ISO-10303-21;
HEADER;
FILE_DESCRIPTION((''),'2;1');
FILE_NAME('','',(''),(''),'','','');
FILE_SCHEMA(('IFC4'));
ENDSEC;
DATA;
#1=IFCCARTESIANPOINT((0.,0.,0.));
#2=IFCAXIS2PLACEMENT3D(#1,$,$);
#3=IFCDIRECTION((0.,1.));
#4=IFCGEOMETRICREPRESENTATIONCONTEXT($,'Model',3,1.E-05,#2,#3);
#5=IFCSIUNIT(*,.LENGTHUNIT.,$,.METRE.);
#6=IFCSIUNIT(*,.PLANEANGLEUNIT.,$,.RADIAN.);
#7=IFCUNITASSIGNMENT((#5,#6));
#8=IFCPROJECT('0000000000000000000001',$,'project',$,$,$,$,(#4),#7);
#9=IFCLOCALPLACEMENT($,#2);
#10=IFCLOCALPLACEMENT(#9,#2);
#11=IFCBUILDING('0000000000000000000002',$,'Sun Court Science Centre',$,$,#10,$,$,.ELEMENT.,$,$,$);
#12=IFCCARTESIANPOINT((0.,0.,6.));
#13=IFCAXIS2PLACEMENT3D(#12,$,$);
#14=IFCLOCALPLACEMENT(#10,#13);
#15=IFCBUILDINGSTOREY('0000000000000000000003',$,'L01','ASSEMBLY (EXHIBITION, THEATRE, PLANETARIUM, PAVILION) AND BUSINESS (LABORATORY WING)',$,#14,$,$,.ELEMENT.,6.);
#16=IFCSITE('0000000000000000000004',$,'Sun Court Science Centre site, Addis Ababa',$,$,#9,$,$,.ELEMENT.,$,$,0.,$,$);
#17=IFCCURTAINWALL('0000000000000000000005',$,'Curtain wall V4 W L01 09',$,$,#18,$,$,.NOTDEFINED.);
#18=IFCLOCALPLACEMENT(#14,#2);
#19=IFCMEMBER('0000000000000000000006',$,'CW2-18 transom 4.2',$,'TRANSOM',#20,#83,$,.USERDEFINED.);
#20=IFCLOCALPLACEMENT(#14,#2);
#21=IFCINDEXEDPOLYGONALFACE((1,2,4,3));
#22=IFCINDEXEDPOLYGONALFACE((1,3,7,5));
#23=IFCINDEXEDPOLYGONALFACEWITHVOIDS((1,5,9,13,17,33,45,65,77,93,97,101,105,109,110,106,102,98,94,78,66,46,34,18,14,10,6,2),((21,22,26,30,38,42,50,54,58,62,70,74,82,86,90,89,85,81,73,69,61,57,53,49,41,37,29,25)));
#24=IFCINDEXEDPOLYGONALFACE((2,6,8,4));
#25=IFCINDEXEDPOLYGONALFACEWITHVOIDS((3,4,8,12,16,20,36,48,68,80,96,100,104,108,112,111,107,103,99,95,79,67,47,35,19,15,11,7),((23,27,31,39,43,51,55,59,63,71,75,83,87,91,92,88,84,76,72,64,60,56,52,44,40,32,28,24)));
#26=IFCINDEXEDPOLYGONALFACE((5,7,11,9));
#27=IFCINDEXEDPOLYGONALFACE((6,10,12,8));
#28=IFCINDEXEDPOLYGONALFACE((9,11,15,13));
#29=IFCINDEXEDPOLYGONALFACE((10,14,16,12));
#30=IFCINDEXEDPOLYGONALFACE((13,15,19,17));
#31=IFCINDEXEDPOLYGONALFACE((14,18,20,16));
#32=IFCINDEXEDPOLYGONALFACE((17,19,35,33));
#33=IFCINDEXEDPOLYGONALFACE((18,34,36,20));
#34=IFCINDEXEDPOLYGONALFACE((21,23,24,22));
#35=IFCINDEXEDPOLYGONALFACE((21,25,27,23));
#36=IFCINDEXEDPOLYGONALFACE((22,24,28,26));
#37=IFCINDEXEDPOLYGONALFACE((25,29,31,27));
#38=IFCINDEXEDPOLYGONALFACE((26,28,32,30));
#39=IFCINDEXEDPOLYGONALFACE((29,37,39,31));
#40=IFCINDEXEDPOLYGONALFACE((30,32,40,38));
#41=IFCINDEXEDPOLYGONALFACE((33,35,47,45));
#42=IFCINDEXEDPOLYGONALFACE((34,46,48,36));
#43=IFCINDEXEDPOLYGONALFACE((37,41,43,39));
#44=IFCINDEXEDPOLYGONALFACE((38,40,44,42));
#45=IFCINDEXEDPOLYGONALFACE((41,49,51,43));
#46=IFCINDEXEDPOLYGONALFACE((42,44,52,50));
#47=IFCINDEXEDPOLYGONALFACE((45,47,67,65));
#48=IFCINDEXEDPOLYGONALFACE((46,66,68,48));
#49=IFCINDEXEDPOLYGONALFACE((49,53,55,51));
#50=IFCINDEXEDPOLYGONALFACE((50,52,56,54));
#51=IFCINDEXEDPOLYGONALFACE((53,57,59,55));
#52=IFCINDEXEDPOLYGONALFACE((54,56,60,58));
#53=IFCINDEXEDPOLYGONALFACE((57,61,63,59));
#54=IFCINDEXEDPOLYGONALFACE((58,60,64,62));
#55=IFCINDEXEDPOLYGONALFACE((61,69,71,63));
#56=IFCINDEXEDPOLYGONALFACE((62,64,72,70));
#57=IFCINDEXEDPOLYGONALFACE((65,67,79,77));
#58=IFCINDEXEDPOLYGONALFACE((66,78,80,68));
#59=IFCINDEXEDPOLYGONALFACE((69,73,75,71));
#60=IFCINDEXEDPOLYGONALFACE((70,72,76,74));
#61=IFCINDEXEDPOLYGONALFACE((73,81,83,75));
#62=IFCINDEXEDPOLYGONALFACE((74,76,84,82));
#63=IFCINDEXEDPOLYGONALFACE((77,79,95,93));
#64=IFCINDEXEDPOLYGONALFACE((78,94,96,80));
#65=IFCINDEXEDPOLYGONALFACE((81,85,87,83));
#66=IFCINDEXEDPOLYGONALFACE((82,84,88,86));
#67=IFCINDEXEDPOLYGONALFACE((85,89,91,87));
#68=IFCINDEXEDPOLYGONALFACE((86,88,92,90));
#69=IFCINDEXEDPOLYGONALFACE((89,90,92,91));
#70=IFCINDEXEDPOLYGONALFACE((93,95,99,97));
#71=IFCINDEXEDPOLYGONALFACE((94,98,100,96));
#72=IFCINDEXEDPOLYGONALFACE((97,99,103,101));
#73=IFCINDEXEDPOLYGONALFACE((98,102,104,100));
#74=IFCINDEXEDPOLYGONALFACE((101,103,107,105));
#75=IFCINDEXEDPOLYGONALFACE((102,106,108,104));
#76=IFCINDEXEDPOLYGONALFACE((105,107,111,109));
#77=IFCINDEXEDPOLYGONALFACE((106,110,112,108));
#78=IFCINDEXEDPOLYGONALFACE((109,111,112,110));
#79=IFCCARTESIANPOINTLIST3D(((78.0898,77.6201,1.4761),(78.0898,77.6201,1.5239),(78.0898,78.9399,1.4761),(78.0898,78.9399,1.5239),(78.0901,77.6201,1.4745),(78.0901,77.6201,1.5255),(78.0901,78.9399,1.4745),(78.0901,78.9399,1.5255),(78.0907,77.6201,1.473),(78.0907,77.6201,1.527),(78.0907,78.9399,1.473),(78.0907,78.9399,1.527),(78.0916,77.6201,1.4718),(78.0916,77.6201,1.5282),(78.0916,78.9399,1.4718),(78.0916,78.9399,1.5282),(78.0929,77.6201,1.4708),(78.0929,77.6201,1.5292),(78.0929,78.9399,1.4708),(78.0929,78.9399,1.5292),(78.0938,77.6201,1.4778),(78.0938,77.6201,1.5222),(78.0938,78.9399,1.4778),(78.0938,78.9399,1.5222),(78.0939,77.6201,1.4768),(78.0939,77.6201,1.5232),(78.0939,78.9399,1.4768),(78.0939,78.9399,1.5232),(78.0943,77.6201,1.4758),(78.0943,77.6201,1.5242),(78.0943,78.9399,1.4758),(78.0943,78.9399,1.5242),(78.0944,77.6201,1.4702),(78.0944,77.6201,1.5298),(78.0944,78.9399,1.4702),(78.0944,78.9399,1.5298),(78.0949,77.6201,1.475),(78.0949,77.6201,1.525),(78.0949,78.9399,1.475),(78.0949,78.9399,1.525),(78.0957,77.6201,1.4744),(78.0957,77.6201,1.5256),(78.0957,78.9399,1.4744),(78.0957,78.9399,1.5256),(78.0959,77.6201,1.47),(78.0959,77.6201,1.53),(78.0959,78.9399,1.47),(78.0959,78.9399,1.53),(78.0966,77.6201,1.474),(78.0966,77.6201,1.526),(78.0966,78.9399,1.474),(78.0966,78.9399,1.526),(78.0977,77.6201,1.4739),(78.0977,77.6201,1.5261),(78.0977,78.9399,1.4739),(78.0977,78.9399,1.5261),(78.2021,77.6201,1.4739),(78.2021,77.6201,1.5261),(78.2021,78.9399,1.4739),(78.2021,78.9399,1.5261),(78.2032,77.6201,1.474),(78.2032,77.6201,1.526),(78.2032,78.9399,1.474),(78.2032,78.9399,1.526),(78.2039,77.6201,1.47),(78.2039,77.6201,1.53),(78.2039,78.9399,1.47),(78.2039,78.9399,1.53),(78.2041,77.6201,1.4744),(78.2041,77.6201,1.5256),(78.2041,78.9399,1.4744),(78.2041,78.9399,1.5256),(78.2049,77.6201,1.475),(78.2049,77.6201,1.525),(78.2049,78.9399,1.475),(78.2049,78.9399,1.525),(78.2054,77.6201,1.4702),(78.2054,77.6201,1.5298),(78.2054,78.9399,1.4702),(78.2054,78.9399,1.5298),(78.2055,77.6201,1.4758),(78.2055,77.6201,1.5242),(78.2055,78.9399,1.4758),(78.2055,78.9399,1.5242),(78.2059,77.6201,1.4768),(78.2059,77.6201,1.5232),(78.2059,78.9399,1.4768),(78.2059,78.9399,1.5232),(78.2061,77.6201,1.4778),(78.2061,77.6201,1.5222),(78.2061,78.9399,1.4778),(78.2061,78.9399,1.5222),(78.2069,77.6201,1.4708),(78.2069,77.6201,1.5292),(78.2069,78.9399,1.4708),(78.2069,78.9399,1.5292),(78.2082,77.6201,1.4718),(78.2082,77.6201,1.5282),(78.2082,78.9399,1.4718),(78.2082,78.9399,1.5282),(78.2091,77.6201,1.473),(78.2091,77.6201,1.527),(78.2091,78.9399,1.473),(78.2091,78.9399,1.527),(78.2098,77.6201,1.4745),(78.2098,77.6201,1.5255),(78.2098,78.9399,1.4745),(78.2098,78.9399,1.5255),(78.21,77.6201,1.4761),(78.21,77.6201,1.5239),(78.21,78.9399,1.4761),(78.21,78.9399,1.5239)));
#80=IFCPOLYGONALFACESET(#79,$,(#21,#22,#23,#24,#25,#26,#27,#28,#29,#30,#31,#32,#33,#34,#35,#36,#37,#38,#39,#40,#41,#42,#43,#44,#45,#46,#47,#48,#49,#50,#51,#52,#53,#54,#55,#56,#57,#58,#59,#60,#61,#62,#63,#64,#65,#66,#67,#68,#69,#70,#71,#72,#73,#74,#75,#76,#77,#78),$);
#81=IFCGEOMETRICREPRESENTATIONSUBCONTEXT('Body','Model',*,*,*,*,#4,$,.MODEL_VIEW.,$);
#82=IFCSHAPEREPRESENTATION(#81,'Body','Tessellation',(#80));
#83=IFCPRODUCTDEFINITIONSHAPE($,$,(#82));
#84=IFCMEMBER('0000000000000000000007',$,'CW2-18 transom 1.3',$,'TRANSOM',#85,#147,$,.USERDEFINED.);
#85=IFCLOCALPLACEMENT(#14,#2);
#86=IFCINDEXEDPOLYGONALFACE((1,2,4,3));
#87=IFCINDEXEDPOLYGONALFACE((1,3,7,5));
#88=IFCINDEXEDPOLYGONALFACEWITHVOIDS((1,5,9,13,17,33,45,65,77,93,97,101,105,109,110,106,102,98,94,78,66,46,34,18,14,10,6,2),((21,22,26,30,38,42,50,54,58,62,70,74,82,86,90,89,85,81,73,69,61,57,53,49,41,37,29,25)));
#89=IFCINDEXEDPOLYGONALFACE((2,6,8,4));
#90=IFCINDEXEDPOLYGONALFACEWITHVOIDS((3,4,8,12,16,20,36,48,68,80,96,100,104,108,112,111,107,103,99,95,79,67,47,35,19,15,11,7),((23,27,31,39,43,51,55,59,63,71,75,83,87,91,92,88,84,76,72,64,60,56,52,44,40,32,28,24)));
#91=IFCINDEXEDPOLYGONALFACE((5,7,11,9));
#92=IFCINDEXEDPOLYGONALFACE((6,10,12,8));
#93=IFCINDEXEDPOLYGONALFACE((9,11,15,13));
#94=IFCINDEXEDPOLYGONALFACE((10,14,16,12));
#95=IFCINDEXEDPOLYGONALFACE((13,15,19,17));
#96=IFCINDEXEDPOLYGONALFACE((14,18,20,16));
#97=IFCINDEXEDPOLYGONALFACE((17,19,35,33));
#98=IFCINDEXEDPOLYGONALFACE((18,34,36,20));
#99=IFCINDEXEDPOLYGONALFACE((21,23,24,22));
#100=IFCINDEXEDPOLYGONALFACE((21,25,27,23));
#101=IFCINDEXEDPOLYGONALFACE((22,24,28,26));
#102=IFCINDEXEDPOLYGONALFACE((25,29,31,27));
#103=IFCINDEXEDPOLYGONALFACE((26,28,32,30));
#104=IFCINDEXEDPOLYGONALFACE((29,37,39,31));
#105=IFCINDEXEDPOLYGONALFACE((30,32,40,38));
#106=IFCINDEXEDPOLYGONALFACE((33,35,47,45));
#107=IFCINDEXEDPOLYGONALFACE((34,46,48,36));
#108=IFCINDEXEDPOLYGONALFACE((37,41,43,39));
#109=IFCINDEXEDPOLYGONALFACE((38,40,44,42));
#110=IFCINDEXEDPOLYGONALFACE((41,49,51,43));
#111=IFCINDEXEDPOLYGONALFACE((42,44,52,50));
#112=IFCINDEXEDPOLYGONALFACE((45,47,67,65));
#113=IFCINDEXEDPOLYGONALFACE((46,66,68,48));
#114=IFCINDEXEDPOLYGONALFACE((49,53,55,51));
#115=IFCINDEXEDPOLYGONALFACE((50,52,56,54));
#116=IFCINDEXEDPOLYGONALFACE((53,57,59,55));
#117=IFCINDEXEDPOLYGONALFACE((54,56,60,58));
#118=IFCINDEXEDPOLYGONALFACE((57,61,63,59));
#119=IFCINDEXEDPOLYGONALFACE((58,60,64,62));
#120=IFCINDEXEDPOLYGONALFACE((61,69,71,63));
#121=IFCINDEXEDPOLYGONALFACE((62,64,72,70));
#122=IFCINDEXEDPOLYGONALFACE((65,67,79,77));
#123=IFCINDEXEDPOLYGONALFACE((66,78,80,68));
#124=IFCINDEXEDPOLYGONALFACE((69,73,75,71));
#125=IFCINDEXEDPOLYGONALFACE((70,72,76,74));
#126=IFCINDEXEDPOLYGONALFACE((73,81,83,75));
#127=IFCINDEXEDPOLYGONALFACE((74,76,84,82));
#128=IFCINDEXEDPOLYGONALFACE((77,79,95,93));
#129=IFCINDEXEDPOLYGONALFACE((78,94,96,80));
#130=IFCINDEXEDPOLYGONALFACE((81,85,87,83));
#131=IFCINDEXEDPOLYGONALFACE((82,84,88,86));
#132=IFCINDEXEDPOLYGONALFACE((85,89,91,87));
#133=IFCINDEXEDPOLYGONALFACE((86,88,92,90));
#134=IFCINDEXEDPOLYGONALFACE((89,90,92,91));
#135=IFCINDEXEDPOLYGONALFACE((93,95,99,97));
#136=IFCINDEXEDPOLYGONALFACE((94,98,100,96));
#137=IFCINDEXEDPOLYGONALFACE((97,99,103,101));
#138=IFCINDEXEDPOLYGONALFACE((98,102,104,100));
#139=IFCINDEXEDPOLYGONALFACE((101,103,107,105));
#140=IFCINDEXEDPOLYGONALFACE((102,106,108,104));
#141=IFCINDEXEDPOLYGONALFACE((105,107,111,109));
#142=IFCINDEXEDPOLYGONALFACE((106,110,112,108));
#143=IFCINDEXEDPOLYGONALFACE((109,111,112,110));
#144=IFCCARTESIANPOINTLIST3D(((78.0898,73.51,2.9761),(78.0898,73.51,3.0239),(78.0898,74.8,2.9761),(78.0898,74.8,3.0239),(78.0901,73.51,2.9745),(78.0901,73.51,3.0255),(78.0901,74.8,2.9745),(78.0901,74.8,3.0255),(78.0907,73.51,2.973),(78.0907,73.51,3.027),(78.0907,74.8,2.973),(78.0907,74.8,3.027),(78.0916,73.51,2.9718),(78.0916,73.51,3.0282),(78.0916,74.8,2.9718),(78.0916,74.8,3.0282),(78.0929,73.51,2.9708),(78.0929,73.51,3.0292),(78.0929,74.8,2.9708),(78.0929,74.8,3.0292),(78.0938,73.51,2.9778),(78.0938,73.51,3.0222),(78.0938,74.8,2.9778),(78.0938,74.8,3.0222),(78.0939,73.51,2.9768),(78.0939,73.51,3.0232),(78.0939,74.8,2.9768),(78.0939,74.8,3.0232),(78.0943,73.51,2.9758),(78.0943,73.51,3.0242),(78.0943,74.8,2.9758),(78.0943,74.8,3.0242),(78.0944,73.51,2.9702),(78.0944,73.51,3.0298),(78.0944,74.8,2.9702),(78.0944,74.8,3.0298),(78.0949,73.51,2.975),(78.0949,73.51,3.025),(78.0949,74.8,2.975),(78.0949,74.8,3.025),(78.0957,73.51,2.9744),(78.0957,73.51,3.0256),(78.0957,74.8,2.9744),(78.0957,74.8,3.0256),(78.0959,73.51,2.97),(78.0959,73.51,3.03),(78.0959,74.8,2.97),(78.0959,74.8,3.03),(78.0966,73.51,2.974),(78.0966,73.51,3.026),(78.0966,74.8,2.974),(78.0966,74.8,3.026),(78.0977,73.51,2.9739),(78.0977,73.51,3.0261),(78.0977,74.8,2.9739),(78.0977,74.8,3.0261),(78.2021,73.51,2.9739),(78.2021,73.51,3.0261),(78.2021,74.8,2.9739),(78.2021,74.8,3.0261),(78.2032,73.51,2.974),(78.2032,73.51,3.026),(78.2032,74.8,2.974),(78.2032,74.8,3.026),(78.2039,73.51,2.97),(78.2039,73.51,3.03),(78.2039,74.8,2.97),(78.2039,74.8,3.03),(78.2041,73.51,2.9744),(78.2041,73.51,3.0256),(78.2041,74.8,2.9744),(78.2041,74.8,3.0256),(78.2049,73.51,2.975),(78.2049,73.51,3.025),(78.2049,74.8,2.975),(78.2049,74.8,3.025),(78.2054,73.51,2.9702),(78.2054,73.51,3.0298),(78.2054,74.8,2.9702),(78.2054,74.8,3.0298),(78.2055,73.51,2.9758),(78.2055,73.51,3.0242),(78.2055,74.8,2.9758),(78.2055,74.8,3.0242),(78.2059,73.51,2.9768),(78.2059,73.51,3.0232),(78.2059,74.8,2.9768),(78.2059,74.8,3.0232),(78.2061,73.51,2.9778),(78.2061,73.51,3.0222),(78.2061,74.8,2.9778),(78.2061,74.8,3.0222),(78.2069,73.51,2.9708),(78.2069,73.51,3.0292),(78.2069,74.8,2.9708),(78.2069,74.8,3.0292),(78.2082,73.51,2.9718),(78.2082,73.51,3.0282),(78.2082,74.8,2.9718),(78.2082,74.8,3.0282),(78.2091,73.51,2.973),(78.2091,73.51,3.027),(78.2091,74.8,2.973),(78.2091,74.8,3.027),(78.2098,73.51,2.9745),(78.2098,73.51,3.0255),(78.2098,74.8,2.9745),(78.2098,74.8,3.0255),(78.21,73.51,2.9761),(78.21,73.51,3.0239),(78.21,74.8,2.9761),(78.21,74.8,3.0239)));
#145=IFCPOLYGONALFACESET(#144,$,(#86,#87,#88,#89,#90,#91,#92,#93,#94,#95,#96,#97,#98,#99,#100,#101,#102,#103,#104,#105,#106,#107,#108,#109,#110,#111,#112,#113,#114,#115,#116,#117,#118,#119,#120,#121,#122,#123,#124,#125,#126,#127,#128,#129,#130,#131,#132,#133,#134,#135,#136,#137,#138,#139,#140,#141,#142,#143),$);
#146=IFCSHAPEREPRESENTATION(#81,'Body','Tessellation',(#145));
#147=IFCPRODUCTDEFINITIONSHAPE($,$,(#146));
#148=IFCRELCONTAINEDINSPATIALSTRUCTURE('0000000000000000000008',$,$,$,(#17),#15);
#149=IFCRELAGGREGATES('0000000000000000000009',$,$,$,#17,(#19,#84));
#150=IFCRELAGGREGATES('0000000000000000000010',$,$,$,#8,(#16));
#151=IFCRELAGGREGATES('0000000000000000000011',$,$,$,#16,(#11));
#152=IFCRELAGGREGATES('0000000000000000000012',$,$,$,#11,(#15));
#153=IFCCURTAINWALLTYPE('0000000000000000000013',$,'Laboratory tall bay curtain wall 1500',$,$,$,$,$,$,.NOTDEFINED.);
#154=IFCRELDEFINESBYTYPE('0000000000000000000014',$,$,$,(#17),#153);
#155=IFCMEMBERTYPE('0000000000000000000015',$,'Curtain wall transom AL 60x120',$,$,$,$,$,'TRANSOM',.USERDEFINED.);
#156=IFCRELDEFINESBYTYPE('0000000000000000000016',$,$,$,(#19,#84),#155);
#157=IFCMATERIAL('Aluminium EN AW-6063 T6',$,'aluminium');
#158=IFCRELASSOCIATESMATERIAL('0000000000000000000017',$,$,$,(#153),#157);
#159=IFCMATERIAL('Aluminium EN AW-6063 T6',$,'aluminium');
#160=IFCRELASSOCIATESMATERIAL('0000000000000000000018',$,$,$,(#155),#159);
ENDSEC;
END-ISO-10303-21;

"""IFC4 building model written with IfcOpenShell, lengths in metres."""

from ifc_helpers import new_model, si_unit, direction, frame, origin, origin_2d, place, context, subcontext, project, spatial, hollow_rectangle, extrude, material, material_profile, profile_set, type_object, element, aggregate, save


model = new_model("IFC4")

# Units and contexts
model_context = context("Model", 3, precision=1e-05, world=origin(), true_north=direction((0.0, 1.0)))
body_context = subcontext(model_context, "Body", "Model", "MODEL_VIEW")
ifc_project = project(units=[si_unit("LENGTHUNIT", "METRE"), si_unit("PLANEANGLEUNIT", "RADIAN")], contexts=[model_context])

# Site, building, storey
site_placement = place(None, origin())
site = spatial("IfcSite", under=ifc_project, at=site_placement, Name="Sun Court Science Centre site, Addis Ababa", CompositionType="ELEMENT", RefElevation=0.0)
building_placement = place(site_placement, origin())
building = spatial("IfcBuilding", under=site, at=building_placement, Name="Sun Court Science Centre", CompositionType="ELEMENT")
storey_placement = place(building_placement, frame((0.0, 0.0, 6.0)))
storey = spatial("IfcBuildingStorey", under=building, at=storey_placement, Name="L01", Description="ASSEMBLY (EXHIBITION, THEATRE, PLANETARIUM, PAVILION) AND BUSINESS (LABORATORY WING)", CompositionType="ELEMENT", Elevation=6.0)

# Shared definitions
ifc_material_1 = material(Name="Aluminium EN AW-6063 T6", Category="aluminium")
curtain_wall_type = type_object("IfcCurtainWallType", Name="Laboratory tall bay curtain wall 1500", PredefinedType="NOTDEFINED", material=ifc_material_1)

# Curtain wall
curtain_wall_1_placement = place(storey_placement, origin())
curtain_wall_1 = element("IfcCurtainWall", 1, at=curtain_wall_1_placement, inside=storey, type_object=curtain_wall_type, Name="Curtain wall V4 W L01 09", PredefinedType="NOTDEFINED")

# Members
ifc_material_2 = material(Name="Aluminium EN AW-6063 T6", Category="aluminium")
ifc_material_profile_1 = material_profile(ifc_material_2, hollow_rectangle(XDim=0.0601, YDim=0.1201, WallThickness=0.0039, InnerFilletRadius=0.0039, OuterFilletRadius=0.0061, at=origin_2d()), Name="AL 60x120x4")
ifc_profile_set_1 = profile_set([ifc_material_profile_1], Name="Aluminium EN AW-6063 T6")
member_type_1 = type_object("IfcMemberType", Name="Curtain wall transom AL 60x120", ElementType="TRANSOM", PredefinedType="USERDEFINED", material=ifc_profile_set_1)
member_1_placement = place(storey_placement, frame((78.1499, 77.6201, 1.5), z_axis=(0.0, 1.0, 0.0), x_axis=(0.0, 0.0, 1.0)))
member_1 = element("IfcMember", 2, at=member_1_placement, type_object=member_type_1, Name="CW2-18 transom 4.2", ObjectType="TRANSOM", PredefinedType="USERDEFINED", context=body_context, shape_type="SweptSolid", body=[
    extrude(hollow_rectangle(XDim=0.0601, YDim=0.1201, WallThickness=0.0039, InnerFilletRadius=0.0039, OuterFilletRadius=0.0061, at=origin_2d()), origin(), (0.0, 0.0, 1.0), 1.3198),
])
member_2_placement = place(storey_placement, frame((78.1499, 73.51, 3.0), z_axis=(0.0, 1.0, 0.0), x_axis=(0.0, 0.0, 1.0)))
member_2 = element("IfcMember", 3, at=member_2_placement, type_object=member_type_1, Name="CW2-18 transom 1.3", ObjectType="TRANSOM", PredefinedType="USERDEFINED", context=body_context, shape_type="SweptSolid", body=[
    extrude(hollow_rectangle(XDim=0.0601, YDim=0.1201, WallThickness=0.0039, InnerFilletRadius=0.0039, OuterFilletRadius=0.0061, at=origin_2d()), origin(), (0.0, 0.0, 1.0), 1.29),
])

aggregate(curtain_wall_1, [member_1, member_2])

save(model, "model.ifc")
